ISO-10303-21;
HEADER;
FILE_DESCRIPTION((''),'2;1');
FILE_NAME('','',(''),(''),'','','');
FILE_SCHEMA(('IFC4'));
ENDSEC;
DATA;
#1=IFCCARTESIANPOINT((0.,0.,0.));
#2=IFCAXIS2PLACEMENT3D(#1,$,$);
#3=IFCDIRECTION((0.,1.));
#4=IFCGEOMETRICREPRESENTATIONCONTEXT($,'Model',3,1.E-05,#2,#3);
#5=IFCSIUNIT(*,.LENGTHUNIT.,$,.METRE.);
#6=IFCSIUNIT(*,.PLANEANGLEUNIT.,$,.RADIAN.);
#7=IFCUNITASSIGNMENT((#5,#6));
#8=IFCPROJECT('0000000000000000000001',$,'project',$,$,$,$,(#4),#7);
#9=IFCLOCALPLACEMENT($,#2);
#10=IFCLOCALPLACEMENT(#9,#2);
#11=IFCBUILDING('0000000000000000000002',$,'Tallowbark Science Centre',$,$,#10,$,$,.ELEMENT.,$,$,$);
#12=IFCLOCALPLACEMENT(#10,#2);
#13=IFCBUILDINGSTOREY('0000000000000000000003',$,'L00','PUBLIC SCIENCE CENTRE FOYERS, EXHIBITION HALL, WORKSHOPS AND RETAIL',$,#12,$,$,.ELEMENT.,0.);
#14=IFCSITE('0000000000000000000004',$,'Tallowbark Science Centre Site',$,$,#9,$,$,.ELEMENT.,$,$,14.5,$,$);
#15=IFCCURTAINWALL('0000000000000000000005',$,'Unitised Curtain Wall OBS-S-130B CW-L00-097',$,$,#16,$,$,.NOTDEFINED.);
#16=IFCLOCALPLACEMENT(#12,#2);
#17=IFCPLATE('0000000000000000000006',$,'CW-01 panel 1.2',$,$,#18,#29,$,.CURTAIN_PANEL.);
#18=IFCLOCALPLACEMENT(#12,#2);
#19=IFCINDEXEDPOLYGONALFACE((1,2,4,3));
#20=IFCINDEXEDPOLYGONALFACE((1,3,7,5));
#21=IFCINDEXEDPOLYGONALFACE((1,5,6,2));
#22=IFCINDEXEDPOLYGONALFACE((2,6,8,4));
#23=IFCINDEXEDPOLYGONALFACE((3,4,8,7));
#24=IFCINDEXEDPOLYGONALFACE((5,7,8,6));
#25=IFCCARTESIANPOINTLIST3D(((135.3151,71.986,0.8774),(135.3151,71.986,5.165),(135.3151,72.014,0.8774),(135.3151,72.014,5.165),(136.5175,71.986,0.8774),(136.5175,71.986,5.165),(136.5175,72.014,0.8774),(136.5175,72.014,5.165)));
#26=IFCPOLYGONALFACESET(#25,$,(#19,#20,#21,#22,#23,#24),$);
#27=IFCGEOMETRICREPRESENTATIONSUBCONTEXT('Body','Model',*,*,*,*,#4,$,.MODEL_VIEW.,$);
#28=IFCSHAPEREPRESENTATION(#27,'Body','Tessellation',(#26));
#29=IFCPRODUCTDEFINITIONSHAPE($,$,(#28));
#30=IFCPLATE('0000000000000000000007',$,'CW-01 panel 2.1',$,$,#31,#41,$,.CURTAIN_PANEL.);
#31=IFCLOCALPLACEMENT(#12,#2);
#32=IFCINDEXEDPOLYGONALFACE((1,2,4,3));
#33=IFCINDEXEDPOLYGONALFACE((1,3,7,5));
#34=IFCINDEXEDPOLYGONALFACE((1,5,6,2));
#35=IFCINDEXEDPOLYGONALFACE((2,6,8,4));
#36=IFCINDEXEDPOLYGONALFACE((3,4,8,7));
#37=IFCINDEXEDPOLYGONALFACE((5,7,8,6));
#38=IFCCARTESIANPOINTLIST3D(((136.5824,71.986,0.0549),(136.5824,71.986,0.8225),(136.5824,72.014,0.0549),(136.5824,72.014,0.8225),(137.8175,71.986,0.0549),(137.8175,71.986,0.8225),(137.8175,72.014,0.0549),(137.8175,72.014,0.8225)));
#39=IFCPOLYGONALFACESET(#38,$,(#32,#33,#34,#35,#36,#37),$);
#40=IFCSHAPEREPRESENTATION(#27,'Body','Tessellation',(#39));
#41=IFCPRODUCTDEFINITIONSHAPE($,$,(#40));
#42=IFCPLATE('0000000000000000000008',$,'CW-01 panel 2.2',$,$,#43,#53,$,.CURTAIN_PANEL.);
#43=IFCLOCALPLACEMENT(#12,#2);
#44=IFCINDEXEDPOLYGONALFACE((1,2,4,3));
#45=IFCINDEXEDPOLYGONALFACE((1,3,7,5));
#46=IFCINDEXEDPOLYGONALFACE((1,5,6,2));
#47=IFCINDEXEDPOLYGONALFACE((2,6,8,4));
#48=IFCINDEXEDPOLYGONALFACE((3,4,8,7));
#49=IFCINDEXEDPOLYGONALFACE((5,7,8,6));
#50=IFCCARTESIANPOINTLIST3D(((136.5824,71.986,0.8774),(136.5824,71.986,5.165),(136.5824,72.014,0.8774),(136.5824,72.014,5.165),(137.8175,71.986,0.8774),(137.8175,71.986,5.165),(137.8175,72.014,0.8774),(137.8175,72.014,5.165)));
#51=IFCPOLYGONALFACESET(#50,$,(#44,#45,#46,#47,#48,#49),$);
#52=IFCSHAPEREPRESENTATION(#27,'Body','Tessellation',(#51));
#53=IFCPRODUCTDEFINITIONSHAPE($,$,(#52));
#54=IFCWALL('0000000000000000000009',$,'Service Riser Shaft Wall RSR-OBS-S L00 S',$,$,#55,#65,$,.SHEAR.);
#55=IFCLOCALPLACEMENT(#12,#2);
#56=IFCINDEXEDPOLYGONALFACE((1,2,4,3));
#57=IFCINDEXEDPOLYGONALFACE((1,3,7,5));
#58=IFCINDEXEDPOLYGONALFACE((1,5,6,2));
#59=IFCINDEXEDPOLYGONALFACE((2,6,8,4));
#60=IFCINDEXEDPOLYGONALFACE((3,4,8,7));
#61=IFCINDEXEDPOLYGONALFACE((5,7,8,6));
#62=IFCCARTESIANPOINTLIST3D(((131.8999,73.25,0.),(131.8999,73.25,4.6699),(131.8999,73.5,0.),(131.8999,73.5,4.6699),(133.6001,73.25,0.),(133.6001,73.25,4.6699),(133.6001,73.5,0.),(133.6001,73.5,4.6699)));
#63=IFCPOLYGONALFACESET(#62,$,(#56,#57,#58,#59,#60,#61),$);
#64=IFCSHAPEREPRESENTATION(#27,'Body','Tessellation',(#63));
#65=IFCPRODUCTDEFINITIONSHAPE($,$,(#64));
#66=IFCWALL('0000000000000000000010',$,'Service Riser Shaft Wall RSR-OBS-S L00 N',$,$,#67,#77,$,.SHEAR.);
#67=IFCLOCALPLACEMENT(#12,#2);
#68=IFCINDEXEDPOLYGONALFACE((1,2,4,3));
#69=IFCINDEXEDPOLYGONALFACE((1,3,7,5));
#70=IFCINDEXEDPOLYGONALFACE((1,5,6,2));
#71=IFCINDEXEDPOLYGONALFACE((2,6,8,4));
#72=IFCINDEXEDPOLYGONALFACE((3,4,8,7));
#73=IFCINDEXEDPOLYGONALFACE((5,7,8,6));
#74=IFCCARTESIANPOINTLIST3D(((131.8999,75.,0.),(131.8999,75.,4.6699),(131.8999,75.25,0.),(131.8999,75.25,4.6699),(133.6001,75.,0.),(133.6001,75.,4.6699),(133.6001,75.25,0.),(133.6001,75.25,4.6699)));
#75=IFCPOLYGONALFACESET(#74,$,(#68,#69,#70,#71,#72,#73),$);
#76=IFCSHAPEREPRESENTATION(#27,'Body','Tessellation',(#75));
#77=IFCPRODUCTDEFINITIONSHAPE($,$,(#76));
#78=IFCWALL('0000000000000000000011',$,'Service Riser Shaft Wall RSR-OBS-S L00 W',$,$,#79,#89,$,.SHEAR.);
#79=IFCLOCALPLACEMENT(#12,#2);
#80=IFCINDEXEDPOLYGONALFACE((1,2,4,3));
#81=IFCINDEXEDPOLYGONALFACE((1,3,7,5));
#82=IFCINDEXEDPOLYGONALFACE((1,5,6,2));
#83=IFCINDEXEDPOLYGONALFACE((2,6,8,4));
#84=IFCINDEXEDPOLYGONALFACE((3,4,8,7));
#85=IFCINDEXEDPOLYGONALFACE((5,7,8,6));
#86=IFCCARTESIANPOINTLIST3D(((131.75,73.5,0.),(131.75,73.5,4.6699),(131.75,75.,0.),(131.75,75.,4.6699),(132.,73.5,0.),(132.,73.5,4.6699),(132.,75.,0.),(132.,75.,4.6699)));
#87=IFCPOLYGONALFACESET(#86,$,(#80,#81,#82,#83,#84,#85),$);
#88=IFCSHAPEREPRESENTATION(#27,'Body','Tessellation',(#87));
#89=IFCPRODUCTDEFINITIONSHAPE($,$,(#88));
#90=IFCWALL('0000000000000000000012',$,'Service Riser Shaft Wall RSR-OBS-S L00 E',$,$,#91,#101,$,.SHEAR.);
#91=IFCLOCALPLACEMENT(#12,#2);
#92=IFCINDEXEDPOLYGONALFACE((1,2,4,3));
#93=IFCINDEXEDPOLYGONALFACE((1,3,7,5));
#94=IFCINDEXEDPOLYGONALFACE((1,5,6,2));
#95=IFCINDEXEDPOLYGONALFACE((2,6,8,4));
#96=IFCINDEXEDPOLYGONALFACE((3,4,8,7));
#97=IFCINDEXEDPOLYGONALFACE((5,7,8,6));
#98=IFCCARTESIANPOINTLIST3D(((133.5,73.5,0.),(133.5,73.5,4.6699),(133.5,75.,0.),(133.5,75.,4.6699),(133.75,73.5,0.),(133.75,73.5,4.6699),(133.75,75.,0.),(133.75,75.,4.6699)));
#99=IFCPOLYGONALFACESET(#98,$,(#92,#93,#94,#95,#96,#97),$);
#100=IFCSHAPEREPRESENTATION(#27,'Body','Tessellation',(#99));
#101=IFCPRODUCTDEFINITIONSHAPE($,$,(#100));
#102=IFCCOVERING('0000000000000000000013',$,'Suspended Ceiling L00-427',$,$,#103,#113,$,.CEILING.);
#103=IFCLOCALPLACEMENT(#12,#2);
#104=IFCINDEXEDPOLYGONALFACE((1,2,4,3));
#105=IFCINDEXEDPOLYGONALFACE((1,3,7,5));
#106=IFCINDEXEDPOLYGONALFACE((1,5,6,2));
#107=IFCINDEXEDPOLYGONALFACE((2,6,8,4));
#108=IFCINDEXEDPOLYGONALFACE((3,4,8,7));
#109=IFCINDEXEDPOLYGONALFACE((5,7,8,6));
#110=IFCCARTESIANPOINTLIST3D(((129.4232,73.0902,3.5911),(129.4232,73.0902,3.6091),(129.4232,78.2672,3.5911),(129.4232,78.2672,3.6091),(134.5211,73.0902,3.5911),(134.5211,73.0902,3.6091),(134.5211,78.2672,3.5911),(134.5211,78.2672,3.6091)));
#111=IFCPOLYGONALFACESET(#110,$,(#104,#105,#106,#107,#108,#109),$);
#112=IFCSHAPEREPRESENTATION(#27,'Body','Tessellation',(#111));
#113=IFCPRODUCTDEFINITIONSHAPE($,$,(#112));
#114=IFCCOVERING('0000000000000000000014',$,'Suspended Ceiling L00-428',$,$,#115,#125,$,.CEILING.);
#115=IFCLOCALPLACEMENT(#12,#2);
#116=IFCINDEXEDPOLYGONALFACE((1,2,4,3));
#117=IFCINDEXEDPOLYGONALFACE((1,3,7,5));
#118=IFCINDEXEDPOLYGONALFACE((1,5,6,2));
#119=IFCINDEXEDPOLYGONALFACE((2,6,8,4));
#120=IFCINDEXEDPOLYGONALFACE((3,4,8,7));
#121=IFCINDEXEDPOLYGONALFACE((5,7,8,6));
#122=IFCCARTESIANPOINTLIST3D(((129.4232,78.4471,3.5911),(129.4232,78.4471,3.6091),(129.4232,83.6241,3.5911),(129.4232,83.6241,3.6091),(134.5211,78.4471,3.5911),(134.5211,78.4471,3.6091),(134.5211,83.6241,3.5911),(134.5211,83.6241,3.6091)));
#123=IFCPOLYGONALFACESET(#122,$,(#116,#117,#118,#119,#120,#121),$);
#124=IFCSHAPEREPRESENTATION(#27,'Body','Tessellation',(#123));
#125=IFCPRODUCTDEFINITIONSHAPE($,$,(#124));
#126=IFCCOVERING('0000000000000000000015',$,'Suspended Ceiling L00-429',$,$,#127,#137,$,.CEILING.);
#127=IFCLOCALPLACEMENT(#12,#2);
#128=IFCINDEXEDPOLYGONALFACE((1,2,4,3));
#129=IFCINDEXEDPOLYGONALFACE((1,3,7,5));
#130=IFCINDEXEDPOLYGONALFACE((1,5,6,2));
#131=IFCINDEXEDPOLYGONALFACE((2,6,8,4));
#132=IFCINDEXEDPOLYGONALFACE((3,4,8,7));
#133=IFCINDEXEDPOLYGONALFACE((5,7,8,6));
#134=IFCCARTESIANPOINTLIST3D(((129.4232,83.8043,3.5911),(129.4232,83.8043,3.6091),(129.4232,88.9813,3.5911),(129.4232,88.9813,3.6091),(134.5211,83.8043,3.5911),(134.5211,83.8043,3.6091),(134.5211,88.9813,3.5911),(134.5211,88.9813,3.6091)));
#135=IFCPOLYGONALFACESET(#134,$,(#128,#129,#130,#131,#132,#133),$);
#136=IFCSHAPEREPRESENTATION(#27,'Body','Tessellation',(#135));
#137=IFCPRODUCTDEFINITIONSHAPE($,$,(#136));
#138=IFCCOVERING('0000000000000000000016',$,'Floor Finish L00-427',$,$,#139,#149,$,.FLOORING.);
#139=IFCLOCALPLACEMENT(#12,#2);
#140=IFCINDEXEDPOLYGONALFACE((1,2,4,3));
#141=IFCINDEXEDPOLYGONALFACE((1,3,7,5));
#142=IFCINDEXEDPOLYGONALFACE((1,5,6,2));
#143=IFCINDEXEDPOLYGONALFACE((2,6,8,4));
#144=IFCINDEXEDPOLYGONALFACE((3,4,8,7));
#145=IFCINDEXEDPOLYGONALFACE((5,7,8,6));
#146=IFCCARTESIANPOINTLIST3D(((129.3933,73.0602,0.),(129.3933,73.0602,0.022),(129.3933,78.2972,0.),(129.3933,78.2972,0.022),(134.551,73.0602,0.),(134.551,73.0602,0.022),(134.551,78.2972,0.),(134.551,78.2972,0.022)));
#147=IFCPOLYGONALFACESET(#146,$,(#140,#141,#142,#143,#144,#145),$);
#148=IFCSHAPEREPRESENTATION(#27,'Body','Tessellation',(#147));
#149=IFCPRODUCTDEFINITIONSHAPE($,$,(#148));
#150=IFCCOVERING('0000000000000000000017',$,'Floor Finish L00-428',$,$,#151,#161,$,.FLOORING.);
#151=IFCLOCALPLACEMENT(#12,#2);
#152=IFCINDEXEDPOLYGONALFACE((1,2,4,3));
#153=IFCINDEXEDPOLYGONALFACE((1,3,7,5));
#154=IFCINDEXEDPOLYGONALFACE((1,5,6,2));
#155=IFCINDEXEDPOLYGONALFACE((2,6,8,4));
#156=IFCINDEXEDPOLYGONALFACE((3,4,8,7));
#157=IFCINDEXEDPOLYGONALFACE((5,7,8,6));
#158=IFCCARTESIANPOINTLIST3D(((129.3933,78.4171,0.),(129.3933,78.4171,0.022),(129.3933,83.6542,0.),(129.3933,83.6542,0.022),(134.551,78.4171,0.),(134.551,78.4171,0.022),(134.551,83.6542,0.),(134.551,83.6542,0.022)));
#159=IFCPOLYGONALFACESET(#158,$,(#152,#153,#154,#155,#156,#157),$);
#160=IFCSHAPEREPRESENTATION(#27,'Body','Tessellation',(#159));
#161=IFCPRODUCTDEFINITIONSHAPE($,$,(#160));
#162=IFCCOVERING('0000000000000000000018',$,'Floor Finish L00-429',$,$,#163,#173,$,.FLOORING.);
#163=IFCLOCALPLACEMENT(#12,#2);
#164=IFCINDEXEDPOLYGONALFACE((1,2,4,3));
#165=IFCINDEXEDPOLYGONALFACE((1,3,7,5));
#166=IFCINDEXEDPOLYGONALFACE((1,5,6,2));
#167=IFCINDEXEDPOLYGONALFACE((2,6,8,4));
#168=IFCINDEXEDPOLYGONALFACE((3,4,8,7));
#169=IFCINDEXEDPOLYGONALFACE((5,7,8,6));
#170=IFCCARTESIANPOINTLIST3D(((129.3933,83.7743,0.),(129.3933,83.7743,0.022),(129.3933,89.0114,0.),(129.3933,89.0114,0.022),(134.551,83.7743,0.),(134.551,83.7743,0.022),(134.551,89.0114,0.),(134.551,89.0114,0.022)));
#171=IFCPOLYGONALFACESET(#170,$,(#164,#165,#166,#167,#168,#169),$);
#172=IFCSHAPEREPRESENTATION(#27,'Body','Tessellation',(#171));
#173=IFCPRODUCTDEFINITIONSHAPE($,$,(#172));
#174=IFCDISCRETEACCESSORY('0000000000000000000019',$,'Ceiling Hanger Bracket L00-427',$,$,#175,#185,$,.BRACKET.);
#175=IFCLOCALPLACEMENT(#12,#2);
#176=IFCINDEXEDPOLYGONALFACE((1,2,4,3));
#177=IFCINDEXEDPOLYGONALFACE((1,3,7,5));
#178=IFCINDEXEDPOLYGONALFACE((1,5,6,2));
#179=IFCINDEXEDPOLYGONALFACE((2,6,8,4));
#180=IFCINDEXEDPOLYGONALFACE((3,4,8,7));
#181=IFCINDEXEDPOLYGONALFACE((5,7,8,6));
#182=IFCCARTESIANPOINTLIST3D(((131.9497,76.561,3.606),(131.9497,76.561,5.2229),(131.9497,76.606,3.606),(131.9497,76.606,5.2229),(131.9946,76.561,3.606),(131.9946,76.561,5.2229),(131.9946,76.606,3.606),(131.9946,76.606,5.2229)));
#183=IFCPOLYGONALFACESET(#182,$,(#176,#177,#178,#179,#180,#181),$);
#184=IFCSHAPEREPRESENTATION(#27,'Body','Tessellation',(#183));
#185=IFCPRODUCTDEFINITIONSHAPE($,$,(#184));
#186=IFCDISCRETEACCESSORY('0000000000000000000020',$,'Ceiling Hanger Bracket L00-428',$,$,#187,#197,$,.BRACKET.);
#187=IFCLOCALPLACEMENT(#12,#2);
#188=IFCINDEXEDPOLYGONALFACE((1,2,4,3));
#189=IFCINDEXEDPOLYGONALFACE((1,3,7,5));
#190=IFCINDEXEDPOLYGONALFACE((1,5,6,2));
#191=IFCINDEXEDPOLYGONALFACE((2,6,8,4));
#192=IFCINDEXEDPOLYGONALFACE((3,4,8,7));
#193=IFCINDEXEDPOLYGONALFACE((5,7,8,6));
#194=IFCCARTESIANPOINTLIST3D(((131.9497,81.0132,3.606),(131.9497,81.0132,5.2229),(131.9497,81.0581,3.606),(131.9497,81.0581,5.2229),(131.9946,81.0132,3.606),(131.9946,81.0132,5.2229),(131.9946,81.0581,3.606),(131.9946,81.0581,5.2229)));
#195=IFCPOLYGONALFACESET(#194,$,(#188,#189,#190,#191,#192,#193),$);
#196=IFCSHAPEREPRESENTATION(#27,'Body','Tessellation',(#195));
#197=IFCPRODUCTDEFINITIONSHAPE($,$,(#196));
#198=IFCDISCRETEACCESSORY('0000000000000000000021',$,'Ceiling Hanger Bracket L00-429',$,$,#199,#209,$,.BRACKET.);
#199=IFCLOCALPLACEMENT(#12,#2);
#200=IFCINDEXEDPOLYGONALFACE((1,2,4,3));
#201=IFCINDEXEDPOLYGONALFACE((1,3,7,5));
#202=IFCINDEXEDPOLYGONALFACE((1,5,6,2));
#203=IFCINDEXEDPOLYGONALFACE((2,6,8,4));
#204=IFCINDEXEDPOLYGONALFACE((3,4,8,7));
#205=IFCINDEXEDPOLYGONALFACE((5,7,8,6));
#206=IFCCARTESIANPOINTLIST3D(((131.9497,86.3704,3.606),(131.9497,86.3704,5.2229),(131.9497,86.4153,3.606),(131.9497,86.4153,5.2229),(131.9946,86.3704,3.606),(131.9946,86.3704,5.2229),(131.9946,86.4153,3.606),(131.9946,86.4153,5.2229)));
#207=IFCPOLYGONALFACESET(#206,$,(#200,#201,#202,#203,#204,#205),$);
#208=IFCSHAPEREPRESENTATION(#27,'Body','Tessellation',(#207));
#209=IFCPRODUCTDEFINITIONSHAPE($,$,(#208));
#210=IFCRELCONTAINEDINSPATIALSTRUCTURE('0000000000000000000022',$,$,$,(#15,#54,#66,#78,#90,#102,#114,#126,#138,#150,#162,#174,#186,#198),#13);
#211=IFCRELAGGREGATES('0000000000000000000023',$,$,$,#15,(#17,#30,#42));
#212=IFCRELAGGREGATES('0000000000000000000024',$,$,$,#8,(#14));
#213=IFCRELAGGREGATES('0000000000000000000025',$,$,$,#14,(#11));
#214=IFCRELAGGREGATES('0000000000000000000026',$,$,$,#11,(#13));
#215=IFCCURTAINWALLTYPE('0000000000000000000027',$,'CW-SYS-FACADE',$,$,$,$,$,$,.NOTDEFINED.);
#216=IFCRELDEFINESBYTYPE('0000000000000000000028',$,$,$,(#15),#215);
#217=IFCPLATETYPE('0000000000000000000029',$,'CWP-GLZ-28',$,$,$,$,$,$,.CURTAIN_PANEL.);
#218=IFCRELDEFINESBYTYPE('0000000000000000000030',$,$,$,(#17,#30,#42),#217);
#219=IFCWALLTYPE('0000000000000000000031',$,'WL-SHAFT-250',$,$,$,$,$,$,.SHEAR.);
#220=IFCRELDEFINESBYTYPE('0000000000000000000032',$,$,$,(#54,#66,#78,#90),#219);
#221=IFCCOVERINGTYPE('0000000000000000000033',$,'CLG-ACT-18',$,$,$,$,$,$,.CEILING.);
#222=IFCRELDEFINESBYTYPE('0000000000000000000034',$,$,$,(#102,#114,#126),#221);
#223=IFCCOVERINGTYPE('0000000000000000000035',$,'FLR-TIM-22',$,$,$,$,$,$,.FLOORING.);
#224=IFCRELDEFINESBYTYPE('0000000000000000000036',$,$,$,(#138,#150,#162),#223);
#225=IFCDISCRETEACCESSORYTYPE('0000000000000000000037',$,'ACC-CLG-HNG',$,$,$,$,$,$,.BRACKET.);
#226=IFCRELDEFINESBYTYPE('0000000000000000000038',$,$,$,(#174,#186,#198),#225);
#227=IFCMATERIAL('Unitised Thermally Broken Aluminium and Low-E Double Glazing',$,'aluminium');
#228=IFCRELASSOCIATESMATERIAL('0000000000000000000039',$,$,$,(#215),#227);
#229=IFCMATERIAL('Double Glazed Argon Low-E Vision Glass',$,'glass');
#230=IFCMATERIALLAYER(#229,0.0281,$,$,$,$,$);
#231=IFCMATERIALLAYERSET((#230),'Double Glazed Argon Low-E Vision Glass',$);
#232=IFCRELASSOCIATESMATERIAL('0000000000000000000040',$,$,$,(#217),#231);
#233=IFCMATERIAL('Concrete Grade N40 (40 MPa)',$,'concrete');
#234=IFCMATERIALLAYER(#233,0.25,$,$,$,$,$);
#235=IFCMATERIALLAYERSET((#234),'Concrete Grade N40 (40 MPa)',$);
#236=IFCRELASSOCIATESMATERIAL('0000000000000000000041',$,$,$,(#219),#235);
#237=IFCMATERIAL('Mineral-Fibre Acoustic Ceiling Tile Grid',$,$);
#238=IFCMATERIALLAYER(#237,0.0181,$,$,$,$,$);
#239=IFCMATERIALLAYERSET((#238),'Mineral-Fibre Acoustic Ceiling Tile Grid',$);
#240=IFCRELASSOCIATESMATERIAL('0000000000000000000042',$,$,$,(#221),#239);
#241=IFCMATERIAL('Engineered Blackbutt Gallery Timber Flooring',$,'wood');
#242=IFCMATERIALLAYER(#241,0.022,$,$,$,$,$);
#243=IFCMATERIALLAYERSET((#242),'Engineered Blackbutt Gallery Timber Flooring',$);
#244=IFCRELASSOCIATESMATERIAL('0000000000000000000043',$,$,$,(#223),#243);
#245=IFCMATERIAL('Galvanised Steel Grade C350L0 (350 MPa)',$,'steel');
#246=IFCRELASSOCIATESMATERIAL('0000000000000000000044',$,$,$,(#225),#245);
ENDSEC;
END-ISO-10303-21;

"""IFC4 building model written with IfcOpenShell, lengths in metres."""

from ifc_helpers import new_model, si_unit, direction, frame, frame_2d, origin, origin_2d, place, context, subcontext, project, spatial, rectangle, extrude, material, layer, layer_set, type_object, element, aggregate, save


model = new_model("IFC4")

# Units and contexts
model_context = context("Model", 3, precision=1e-05, world=origin(), true_north=direction((0.0, 1.0)))
body_context = subcontext(model_context, "Body", "Model", "MODEL_VIEW")
ifc_project = project(units=[si_unit("LENGTHUNIT", "METRE"), si_unit("PLANEANGLEUNIT", "RADIAN")], contexts=[model_context])

# Site, building, storey
site_placement = place(None, origin())
site = spatial("IfcSite", under=ifc_project, at=site_placement, Name="Tallowbark Science Centre Site", CompositionType="ELEMENT", RefElevation=14.5)
building_placement = place(site_placement, origin())
building = spatial("IfcBuilding", under=site, at=building_placement, Name="Tallowbark Science Centre", CompositionType="ELEMENT")
storey_placement = place(building_placement, origin())
storey = spatial("IfcBuildingStorey", under=building, at=storey_placement, Name="L00", Description="PUBLIC SCIENCE CENTRE FOYERS, EXHIBITION HALL, WORKSHOPS AND RETAIL", CompositionType="ELEMENT", Elevation=0.0)

# Curtain wall
ifc_material_1 = material(Name="Unitised Thermally Broken Aluminium and Low-E Double Glazing", Category="aluminium")
curtain_wall_type = type_object("IfcCurtainWallType", Name="CW-SYS-FACADE", PredefinedType="NOTDEFINED", material=ifc_material_1)
curtain_wall_placement = place(storey_placement, origin())
curtain_wall = element("IfcCurtainWall", 1, at=curtain_wall_placement, inside=storey, type_object=curtain_wall_type, Name="Unitised Curtain Wall OBS-S-130B CW-L00-097", PredefinedType="NOTDEFINED")

# Plates
ifc_material_2 = material(Name="Double Glazed Argon Low-E Vision Glass", Category="glass")
ifc_layer_1 = layer(ifc_material_2, 0.0281)
ifc_layer_set_1 = layer_set([ifc_layer_1], Name="Double Glazed Argon Low-E Vision Glass")
plate_type = type_object("IfcPlateType", Name="CWP-GLZ-28", PredefinedType="CURTAIN_PANEL", material=ifc_layer_set_1)
plate_1_placement = place(storey_placement, frame((135.9163, 72.0, 0.8774), z_axis=(0.0, 0.0, 1.0), x_axis=(1.0, 0.0, 0.0)))
plate_1 = element("IfcPlate", 2, at=plate_1_placement, type_object=plate_type, Name="CW-01 panel 1.2", PredefinedType="CURTAIN_PANEL", context=body_context, shape_type="SweptSolid", body=[
    extrude(rectangle(XDim=1.2024, YDim=0.0281, at=origin_2d()), origin(), (0.0, 0.0, 1.0), 4.2876),
])
plate_2_placement = place(storey_placement, frame((137.2, 72.0, 0.0549), z_axis=(0.0, 0.0, 1.0), x_axis=(1.0, 0.0, 0.0)))
plate_2 = element("IfcPlate", 3, at=plate_2_placement, type_object=plate_type, Name="CW-01 panel 2.1", PredefinedType="CURTAIN_PANEL", context=body_context, shape_type="SweptSolid", body=[
    extrude(rectangle(XDim=1.2351, YDim=0.0281, at=origin_2d()), origin(), (0.0, 0.0, 1.0), 0.7676),
])
plate_3_placement = place(storey_placement, frame((137.2, 72.0, 0.8774), z_axis=(0.0, 0.0, 1.0), x_axis=(1.0, 0.0, 0.0)))
plate_3 = element("IfcPlate", 4, at=plate_3_placement, type_object=plate_type, Name="CW-01 panel 2.2", PredefinedType="CURTAIN_PANEL", context=body_context, shape_type="SweptSolid", body=[
    extrude(rectangle(XDim=1.2351, YDim=0.0281, at=origin_2d()), origin(), (0.0, 0.0, 1.0), 4.2876),
])
aggregate(curtain_wall, [plate_1, plate_2, plate_3])

# Walls
ifc_material_3 = material(Name="Concrete Grade N40 (40 MPa)", Category="concrete")
ifc_layer_2 = layer(ifc_material_3, 0.25)
ifc_layer_set_2 = layer_set([ifc_layer_2], Name="Concrete Grade N40 (40 MPa)")
wall_type = type_object("IfcWallType", Name="WL-SHAFT-250", PredefinedType="SHEAR", material=ifc_layer_set_2)
for number, where, z_axis, x_axis, name in (
    (5, (131.8999, 73.375, 0.0), (0.0, 0.0, 1.0), (1.0, 0.0, 0.0), "Service Riser Shaft Wall RSR-OBS-S L00 S"),
    (6, (131.8999, 75.125, 0.0), (0.0, 0.0, 1.0), (1.0, 0.0, 0.0), "Service Riser Shaft Wall RSR-OBS-S L00 N"),
):
    element("IfcWall", number, at=place(storey_placement, frame(where, z_axis=z_axis, x_axis=x_axis)), inside=storey, type_object=wall_type, Name=name, PredefinedType="SHEAR", context=body_context, shape_type="SweptSolid", body=[
        extrude(rectangle(XDim=1.7002, YDim=0.25, at=frame_2d((0.8501, 0.0))), origin(), (0.0, 0.0, 1.0), 4.6699),
    ])
for number, where, z_axis, x_axis, name in (
    (7, (131.875, 73.5, 0.0), (0.0, 0.0, 1.0), (0.0, 1.0, 0.0), "Service Riser Shaft Wall RSR-OBS-S L00 W"),
    (8, (133.625, 73.5, 0.0), (0.0, 0.0, 1.0), (0.0, 1.0, 0.0), "Service Riser Shaft Wall RSR-OBS-S L00 E"),
):
    element("IfcWall", number, at=place(storey_placement, frame(where, z_axis=z_axis, x_axis=x_axis)), inside=storey, type_object=wall_type, Name=name, PredefinedType="SHEAR", context=body_context, shape_type="SweptSolid", body=[
        extrude(rectangle(XDim=1.5, YDim=0.25, at=frame_2d((0.75, 0.0))), origin(), (0.0, 0.0, 1.0), 4.6699),
    ])

# Coverings
ifc_material_4 = material(Name="Mineral-Fibre Acoustic Ceiling Tile Grid")
ifc_layer_3 = layer(ifc_material_4, 0.0181)
ifc_layer_set_3 = layer_set([ifc_layer_3], Name="Mineral-Fibre Acoustic Ceiling Tile Grid")
covering_type_1 = type_object("IfcCoveringType", Name="CLG-ACT-18", PredefinedType="CEILING", material=ifc_layer_set_3)
for number, where, z_axis, x_axis, name in (
    (9, (131.9722, 75.6787, 3.5911), (0.0, 0.0, 1.0), (1.0, 0.0, 0.0), "Suspended Ceiling L00-427"),
    (10, (131.9722, 81.0356, 3.5911), (0.0, 0.0, 1.0), (1.0, 0.0, 0.0), "Suspended Ceiling L00-428"),
    (11, (131.9722, 86.3928, 3.5911), (0.0, 0.0, 1.0), (1.0, 0.0, 0.0), "Suspended Ceiling L00-429"),
):
    element("IfcCovering", number, at=place(storey_placement, frame(where, z_axis=z_axis, x_axis=x_axis)), inside=storey, type_object=covering_type_1, Name=name, PredefinedType="CEILING", context=body_context, shape_type="SweptSolid", body=[
        extrude(rectangle(XDim=5.0979, YDim=5.177, at=origin_2d()), origin(), (0.0, 0.0, 1.0), 0.0181),
    ])
ifc_material_5 = material(Name="Engineered Blackbutt Gallery Timber Flooring", Category="wood")
ifc_layer_4 = layer(ifc_material_5, 0.022)
ifc_layer_set_4 = layer_set([ifc_layer_4], Name="Engineered Blackbutt Gallery Timber Flooring")
covering_type_2 = type_object("IfcCoveringType", Name="FLR-TIM-22", PredefinedType="FLOORING", material=ifc_layer_set_4)
for number, where, z_axis, x_axis, name in (
    (12, (131.9722, 75.6787, 0.0), (0.0, 0.0, 1.0), (1.0, 0.0, 0.0), "Floor Finish L00-427"),
    (13, (131.9722, 81.0356, 0.0), (0.0, 0.0, 1.0), (1.0, 0.0, 0.0), "Floor Finish L00-428"),
    (14, (131.9722, 86.3928, 0.0), (0.0, 0.0, 1.0), (1.0, 0.0, 0.0), "Floor Finish L00-429"),
):
    element("IfcCovering", number, at=place(storey_placement, frame(where, z_axis=z_axis, x_axis=x_axis)), inside=storey, type_object=covering_type_2, Name=name, PredefinedType="FLOORING", context=body_context, shape_type="SweptSolid", body=[
        extrude(rectangle(XDim=5.1577, YDim=5.2371, at=origin_2d()), origin(), (0.0, 0.0, 1.0), 0.022),
    ])

# Discrete accessories
ifc_material_6 = material(Name="Galvanised Steel Grade C350L0 (350 MPa)", Category="steel")
discrete_accessory_type = type_object("IfcDiscreteAccessoryType", Name="ACC-CLG-HNG", PredefinedType="BRACKET", material=ifc_material_6)
for number, where, z_axis, x_axis, name in (
    (15, (131.9722, 76.5835, 3.606), (0.0, 0.0, 1.0), (1.0, 0.0, 0.0), "Ceiling Hanger Bracket L00-427"),
    (16, (131.9722, 81.0356, 3.606), (0.0, 0.0, 1.0), (1.0, 0.0, 0.0), "Ceiling Hanger Bracket L00-428"),
    (17, (131.9722, 86.3928, 3.606), (0.0, 0.0, 1.0), (1.0, 0.0, 0.0), "Ceiling Hanger Bracket L00-429"),
):
    element("IfcDiscreteAccessory", number, at=place(storey_placement, frame(where, z_axis=z_axis, x_axis=x_axis)), inside=storey, type_object=discrete_accessory_type, Name=name, PredefinedType="BRACKET", context=body_context, shape_type="SweptSolid", body=[
        extrude(rectangle(XDim=0.0449, YDim=0.0449, at=origin_2d()), origin(), (0.0, 0.0, 1.0), 1.6169),
    ])

save(model, "model.ifc")
